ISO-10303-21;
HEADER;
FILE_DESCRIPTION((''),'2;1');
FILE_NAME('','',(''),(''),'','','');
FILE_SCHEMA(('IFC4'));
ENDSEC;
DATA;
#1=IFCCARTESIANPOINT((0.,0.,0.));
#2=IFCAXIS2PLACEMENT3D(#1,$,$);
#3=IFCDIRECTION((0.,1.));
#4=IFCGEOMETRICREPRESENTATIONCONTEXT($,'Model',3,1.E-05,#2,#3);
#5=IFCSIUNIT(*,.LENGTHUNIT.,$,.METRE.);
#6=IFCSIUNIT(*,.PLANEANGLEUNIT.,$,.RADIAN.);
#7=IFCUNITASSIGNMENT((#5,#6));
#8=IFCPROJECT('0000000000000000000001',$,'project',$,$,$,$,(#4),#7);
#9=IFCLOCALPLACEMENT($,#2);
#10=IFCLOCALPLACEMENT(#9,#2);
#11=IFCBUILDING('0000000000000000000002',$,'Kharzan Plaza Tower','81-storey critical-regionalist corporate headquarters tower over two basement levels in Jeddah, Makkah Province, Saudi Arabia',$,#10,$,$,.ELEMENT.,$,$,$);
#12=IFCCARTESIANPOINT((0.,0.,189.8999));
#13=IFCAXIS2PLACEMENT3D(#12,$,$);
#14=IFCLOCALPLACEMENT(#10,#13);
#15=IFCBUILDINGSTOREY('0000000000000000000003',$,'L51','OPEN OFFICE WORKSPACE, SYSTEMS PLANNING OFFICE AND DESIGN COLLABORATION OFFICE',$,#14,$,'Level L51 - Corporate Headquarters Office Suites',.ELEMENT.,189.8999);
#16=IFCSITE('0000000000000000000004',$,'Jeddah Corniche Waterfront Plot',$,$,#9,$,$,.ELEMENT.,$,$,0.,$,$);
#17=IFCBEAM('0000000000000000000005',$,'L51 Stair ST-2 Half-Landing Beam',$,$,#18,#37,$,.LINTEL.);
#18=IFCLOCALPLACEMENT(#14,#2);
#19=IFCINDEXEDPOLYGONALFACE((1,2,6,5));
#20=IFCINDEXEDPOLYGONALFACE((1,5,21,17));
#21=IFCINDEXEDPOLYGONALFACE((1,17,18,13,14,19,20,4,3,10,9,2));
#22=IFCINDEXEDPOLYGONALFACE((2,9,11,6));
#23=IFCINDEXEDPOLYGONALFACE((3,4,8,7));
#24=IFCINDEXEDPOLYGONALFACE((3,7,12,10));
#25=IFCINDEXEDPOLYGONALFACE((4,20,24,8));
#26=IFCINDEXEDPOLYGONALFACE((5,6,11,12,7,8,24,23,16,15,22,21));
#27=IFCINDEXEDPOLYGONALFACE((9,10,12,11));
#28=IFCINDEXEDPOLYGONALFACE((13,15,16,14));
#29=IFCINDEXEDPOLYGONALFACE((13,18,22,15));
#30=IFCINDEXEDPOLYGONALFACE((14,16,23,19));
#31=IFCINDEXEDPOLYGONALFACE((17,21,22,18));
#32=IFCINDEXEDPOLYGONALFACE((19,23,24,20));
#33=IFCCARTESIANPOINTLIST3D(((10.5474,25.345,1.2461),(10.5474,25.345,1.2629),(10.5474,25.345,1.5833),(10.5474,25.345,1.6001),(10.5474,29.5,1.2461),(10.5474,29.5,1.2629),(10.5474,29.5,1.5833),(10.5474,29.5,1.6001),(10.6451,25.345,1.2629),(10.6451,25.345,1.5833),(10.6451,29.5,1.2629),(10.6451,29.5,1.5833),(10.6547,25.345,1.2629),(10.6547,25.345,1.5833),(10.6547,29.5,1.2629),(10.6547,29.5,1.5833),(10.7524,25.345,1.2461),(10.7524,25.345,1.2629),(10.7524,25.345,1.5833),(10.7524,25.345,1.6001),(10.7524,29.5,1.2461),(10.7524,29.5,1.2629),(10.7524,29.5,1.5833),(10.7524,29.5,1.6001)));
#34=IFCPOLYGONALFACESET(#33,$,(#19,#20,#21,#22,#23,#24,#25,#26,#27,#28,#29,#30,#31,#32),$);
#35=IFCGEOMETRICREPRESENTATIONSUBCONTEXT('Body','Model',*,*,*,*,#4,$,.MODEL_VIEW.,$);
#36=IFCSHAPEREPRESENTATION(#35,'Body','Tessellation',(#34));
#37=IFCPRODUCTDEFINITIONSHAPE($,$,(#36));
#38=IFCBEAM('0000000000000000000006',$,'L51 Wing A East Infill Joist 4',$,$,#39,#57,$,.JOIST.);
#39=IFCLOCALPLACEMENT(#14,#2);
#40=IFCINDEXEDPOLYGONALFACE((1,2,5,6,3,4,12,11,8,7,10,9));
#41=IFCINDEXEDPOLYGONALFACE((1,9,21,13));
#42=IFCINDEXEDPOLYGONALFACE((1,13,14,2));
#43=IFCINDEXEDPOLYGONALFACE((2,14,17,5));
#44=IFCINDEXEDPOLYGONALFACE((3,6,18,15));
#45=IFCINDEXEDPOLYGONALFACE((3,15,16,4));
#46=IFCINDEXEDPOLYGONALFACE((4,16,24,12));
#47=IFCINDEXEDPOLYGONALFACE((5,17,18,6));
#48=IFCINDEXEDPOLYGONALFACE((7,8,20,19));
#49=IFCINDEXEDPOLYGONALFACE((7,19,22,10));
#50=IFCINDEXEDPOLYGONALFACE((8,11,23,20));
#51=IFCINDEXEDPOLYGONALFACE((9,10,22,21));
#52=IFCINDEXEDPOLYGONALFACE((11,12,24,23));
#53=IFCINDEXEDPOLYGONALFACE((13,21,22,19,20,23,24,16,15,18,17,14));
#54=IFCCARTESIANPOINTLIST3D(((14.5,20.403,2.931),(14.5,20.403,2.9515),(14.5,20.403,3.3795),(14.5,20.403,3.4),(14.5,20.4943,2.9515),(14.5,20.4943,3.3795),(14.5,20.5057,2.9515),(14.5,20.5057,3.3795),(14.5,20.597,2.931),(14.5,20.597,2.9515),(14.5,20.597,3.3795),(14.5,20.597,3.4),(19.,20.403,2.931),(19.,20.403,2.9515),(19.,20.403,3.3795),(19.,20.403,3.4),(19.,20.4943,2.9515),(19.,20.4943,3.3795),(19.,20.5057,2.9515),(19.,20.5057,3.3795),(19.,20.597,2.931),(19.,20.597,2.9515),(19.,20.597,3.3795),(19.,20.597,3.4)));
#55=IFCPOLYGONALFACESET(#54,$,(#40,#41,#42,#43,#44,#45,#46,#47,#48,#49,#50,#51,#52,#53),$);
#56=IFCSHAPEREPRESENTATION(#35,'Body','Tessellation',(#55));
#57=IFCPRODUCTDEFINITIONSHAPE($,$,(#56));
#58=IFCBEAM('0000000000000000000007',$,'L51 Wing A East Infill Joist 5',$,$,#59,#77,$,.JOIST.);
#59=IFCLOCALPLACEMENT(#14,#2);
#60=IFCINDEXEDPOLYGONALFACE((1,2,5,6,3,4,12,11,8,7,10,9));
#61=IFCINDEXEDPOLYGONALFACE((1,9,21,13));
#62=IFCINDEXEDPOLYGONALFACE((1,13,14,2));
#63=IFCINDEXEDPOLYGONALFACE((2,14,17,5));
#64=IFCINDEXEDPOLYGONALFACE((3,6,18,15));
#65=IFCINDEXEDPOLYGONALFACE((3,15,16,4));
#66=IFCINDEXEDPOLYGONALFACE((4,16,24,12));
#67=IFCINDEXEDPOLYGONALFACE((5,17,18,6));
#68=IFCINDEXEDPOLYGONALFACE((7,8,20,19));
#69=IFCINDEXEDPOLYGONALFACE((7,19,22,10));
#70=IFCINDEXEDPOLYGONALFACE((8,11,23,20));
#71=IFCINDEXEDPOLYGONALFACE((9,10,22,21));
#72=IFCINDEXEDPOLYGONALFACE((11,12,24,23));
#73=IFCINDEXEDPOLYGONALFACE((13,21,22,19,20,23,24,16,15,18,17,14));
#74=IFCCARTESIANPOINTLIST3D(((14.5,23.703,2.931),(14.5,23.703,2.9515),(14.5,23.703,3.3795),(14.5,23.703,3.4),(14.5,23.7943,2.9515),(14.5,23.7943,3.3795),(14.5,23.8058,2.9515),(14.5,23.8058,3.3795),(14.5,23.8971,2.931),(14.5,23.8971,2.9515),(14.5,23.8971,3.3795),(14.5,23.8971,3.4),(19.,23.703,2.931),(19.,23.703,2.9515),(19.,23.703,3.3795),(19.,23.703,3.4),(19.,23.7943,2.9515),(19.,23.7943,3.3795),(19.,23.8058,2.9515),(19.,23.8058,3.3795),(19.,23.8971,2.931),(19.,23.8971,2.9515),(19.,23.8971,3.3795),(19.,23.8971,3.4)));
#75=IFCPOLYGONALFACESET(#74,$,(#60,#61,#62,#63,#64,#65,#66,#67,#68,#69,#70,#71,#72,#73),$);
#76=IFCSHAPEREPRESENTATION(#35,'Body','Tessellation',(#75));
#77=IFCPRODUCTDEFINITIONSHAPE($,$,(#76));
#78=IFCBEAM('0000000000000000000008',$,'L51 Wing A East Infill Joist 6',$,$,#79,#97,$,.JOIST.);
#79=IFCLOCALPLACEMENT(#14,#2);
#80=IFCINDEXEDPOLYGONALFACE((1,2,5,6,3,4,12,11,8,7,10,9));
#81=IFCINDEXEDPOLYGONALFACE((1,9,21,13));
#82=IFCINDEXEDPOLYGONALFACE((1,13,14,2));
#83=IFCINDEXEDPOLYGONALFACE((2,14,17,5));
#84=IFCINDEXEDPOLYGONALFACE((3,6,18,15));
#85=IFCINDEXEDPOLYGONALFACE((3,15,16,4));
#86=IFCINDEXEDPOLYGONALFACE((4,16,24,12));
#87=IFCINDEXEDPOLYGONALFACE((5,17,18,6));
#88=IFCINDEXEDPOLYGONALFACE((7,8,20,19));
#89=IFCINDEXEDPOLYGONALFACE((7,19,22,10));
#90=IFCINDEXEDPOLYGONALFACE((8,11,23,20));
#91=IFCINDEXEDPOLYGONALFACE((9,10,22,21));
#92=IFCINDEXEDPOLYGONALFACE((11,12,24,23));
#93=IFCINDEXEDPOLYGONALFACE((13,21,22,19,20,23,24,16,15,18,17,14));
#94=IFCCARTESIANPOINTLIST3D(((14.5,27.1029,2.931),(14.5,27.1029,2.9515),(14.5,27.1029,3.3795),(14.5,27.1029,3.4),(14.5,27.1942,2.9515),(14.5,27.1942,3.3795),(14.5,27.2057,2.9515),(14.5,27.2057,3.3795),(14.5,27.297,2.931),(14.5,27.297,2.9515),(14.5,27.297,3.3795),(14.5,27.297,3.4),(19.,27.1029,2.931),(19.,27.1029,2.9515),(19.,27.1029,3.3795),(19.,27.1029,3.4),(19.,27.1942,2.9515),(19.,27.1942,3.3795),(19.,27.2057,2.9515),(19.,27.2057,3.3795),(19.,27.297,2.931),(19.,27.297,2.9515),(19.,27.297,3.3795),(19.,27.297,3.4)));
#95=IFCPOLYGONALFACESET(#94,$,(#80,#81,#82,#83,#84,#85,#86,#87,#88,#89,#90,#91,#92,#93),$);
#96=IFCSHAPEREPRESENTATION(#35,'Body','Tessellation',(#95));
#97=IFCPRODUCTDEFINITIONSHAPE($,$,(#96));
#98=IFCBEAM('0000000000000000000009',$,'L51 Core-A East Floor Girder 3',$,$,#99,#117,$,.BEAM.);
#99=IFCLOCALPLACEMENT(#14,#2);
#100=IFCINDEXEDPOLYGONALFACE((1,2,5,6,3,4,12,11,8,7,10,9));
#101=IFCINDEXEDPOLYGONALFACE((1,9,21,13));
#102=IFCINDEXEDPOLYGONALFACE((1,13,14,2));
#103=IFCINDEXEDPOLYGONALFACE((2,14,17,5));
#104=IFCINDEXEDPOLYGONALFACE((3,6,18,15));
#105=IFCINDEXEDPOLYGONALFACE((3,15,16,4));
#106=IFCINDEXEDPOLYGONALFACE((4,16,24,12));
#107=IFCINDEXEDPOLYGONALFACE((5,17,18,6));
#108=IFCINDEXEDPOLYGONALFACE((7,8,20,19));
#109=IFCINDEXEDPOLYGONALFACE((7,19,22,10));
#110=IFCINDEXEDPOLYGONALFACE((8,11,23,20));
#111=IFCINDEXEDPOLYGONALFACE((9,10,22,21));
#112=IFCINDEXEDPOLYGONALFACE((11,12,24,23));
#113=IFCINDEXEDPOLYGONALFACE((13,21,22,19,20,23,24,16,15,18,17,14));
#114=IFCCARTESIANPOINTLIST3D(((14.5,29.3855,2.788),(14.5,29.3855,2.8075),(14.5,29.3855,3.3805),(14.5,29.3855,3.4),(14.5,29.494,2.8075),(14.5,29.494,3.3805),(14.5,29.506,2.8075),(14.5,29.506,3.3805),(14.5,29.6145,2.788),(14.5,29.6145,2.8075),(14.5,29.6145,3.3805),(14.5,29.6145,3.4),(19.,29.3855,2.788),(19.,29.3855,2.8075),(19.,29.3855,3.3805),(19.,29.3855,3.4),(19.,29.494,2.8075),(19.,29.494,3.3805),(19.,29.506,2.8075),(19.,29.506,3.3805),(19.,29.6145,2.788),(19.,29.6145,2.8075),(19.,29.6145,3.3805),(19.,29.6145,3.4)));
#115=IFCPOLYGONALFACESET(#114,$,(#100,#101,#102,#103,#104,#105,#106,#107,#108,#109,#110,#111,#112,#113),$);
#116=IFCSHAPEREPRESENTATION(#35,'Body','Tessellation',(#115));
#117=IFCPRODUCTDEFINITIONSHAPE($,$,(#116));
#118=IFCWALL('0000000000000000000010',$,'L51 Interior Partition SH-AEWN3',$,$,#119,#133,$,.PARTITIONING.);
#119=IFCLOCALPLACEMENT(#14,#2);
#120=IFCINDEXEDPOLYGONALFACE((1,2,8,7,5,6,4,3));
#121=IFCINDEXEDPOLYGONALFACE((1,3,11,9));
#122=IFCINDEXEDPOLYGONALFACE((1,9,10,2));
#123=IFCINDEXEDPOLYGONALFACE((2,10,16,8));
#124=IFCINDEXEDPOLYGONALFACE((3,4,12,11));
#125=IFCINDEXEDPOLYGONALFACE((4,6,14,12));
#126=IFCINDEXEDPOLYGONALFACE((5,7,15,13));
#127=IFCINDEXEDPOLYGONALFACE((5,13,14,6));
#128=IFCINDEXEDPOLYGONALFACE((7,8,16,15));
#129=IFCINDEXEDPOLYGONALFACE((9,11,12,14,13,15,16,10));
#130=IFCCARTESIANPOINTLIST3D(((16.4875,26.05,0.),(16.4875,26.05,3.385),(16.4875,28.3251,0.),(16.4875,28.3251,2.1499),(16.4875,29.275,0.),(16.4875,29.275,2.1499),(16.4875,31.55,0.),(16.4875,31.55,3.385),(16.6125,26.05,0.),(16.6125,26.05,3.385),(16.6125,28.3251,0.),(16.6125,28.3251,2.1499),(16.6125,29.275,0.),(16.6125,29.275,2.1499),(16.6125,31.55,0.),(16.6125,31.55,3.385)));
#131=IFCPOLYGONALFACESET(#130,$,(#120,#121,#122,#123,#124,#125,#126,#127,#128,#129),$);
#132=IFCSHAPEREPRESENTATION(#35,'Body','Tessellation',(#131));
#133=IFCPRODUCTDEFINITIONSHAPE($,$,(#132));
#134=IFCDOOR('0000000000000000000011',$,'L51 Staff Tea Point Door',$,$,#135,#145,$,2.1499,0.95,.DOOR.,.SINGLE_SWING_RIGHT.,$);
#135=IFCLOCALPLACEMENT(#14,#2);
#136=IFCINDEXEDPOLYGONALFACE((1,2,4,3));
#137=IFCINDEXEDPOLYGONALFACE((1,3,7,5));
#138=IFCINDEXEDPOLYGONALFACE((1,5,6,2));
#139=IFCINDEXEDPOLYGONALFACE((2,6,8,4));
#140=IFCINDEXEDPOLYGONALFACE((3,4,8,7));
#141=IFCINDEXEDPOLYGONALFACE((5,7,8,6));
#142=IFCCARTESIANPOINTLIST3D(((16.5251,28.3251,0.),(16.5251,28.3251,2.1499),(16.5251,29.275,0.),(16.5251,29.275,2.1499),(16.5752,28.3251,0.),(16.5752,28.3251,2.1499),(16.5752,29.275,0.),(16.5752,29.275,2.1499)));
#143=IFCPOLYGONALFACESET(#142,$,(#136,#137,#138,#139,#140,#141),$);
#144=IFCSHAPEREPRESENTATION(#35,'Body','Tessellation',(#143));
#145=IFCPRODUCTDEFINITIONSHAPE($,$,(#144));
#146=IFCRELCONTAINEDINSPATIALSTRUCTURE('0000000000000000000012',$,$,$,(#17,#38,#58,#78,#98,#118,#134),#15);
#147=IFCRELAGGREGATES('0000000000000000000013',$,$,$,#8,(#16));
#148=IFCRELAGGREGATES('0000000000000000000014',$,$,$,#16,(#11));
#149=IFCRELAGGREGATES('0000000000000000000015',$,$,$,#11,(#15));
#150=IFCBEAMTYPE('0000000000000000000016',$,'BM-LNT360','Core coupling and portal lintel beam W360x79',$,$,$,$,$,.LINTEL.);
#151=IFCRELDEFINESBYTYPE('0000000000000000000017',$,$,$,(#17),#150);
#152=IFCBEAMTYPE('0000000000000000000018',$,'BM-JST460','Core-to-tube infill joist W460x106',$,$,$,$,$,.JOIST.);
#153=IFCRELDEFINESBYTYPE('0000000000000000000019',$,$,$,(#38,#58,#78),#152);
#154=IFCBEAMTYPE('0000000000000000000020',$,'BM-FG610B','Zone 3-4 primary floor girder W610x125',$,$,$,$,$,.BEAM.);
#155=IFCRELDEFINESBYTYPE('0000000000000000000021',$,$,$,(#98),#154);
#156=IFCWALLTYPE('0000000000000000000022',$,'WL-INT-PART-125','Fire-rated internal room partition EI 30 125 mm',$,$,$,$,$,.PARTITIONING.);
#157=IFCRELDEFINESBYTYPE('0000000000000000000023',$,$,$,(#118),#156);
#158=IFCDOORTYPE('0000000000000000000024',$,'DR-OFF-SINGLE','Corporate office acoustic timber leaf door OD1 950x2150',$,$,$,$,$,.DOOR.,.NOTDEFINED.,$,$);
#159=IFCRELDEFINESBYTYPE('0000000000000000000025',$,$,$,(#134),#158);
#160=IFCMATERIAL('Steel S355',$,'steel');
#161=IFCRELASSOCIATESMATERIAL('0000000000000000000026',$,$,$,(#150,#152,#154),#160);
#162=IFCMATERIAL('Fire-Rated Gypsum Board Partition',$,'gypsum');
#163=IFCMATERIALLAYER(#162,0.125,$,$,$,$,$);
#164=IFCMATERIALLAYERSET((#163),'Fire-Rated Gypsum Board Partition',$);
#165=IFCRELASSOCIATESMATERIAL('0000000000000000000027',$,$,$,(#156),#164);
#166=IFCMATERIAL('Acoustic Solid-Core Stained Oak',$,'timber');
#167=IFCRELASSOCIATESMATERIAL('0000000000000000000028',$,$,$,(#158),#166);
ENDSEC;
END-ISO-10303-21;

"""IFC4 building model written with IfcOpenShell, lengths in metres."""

from ifc_helpers import new_model, si_unit, direction, frame, frame_2d, origin, origin_2d, place, context, subcontext, project, spatial, rectangle, i_section, extrude, source, transform, mapped, material, layer, layer_set, material_profile, profile_set, type_object, element, fill, save


model = new_model("IFC4")

# Units and contexts
model_context = context("Model", 3, precision=1e-05, world=origin(), true_north=direction((0.0, 1.0)))
body_context = subcontext(model_context, "Body", "Model", "MODEL_VIEW")
ifc_project = project(units=[si_unit("LENGTHUNIT", "METRE"), si_unit("PLANEANGLEUNIT", "RADIAN")], contexts=[model_context])

# Site, building, storey
site_placement = place(None, origin())
site = spatial("IfcSite", under=ifc_project, at=site_placement, Name="Jeddah Corniche Waterfront Plot", CompositionType="ELEMENT", RefElevation=0.0)
building_placement = place(site_placement, origin())
building = spatial("IfcBuilding", under=site, at=building_placement, Name="Kharzan Plaza Tower", Description="81-storey critical-regionalist corporate headquarters tower over two basement levels in Jeddah, Makkah Province, Saudi Arabia", CompositionType="ELEMENT")
storey_placement = place(building_placement, frame((0.0, 0.0, 189.8999)))
storey = spatial("IfcBuildingStorey", under=building, at=storey_placement, Name="L51", Description="OPEN OFFICE WORKSPACE, SYSTEMS PLANNING OFFICE AND DESIGN COLLABORATION OFFICE", LongName="Level L51 - Corporate Headquarters Office Suites", CompositionType="ELEMENT", Elevation=189.8999)

# Beams
ifc_material_1 = material(Name="Steel S355", Category="steel")
ifc_material_profile_1 = material_profile(ifc_material_1, i_section(OverallWidth=0.2051, OverallDepth=0.354, WebThickness=0.0095, FlangeThickness=0.0168, at=origin_2d()), Name="W360x79")
ifc_profile_set_1 = profile_set([ifc_material_profile_1], Name="Steel S355")
beam_type_1 = type_object("IfcBeamType", Name="BM-LNT360", Description="Core coupling and portal lintel beam W360x79", PredefinedType="LINTEL", material=ifc_profile_set_1)
shared_shape_1 = source(origin(), body_context, "Body", "SweptSolid", [
    extrude(i_section(OverallWidth=0.2051, OverallDepth=0.354, WebThickness=0.0095, FlangeThickness=0.0168, at=origin_2d()), origin(), (0.0, 0.0, 1.0), 4.155),
])
beam_1_placement = place(storey_placement, frame((10.6499, 25.345, 1.4231), z_axis=(0.0, 1.0, 0.0), x_axis=(-1.0, 0.0, 0.0)))
element("IfcBeam", 1, at=beam_1_placement, inside=storey, type_object=beam_type_1, Name="L51 Stair ST-2 Half-Landing Beam", PredefinedType="LINTEL", context=body_context, shape_type="MappedRepresentation", body=[
    mapped(shared_shape_1, transform((0.0, 0.0, 0.0), x_axis=(1.0, 0.0, 0.0), y_axis=(0.0, 1.0, 0.0), z_axis=(0.0, 0.0, 1.0))),
])
ifc_material_profile_2 = material_profile(ifc_material_1, i_section(OverallWidth=0.1941, OverallDepth=0.469, WebThickness=0.0115, FlangeThickness=0.0205, at=origin_2d()), Name="W460x106")
ifc_profile_set_2 = profile_set([ifc_material_profile_2], Name="Steel S355")
beam_type_2 = type_object("IfcBeamType", Name="BM-JST460", Description="Core-to-tube infill joist W460x106", PredefinedType="JOIST", material=ifc_profile_set_2)
shared_shape_2 = source(origin(), body_context, "Body", "SweptSolid", [
    extrude(i_section(OverallWidth=0.1941, OverallDepth=0.469, WebThickness=0.0115, FlangeThickness=0.0205, at=origin_2d()), origin(), (0.0, 0.0, 1.0), 4.5),
])
for number, where, z_axis, x_axis, name in (
    (2, (14.5, 20.5, 3.1655), (1.0, 0.0, 0.0), (0.0, 1.0, 0.0), "L51 Wing A East Infill Joist 4"),
    (3, (14.5, 23.8, 3.1655), (1.0, 0.0, 0.0), (0.0, 1.0, 0.0), "L51 Wing A East Infill Joist 5"),
    (4, (14.5, 27.2, 3.1655), (1.0, 0.0, 0.0), (0.0, 1.0, 0.0), "L51 Wing A East Infill Joist 6"),
):
    element("IfcBeam", number, at=place(storey_placement, frame(where, z_axis=z_axis, x_axis=x_axis)), inside=storey, type_object=beam_type_2, Name=name, PredefinedType="JOIST", context=body_context, shape_type="MappedRepresentation", body=[
        mapped(shared_shape_2, transform((0.0, 0.0, 0.0), x_axis=(1.0, 0.0, 0.0), y_axis=(0.0, 1.0, 0.0), z_axis=(0.0, 0.0, 1.0))),
    ])
ifc_material_profile_3 = material_profile(ifc_material_1, i_section(OverallWidth=0.229, OverallDepth=0.6121, WebThickness=0.012, FlangeThickness=0.0195, at=origin_2d()), Name="W610x125")
ifc_profile_set_3 = profile_set([ifc_material_profile_3], Name="Steel S355")
beam_type_3 = type_object("IfcBeamType", Name="BM-FG610B", Description="Zone 3-4 primary floor girder W610x125", PredefinedType="BEAM", material=ifc_profile_set_3)
shared_shape_3 = source(origin(), body_context, "Body", "SweptSolid", [
    extrude(i_section(OverallWidth=0.229, OverallDepth=0.6121, WebThickness=0.012, FlangeThickness=0.0195, at=origin_2d()), origin(), (0.0, 0.0, 1.0), 4.5),
])
beam_2_placement = place(storey_placement, frame((14.5, 29.5, 3.094), z_axis=(1.0, 0.0, 0.0), x_axis=(0.0, 1.0, 0.0)))
element("IfcBeam", 5, at=beam_2_placement, inside=storey, type_object=beam_type_3, Name="L51 Core-A East Floor Girder 3", PredefinedType="BEAM", context=body_context, shape_type="MappedRepresentation", body=[
    mapped(shared_shape_3, transform((0.0, 0.0, 0.0), x_axis=(1.0, 0.0, 0.0), y_axis=(0.0, 1.0, 0.0), z_axis=(0.0, 0.0, 1.0))),
])

# Wall, opening, door
ifc_material_2 = material(Name="Fire-Rated Gypsum Board Partition", Category="gypsum")
ifc_layer_1 = layer(ifc_material_2, 0.125)
ifc_layer_set_1 = layer_set([ifc_layer_1], Name="Fire-Rated Gypsum Board Partition")
wall_type_1 = type_object("IfcWallType", Name="WL-INT-PART-125", Description="Fire-rated internal room partition EI 30 125 mm", PredefinedType="PARTITIONING", material=ifc_layer_set_1)
wall_1_placement = place(storey_placement, frame((16.55, 26.05, 0.0), z_axis=(0.0, 0.0, 1.0), x_axis=(0.0, 1.0, 0.0)))
wall_1 = element("IfcWall", 6, at=wall_1_placement, inside=storey, type_object=wall_type_1, Name="L51 Interior Partition SH-AEWN3", PredefinedType="PARTITIONING", context=body_context, shape_type="SweptSolid", body=[
    extrude(rectangle(XDim=5.5, YDim=0.125, at=frame_2d((2.75, 0.0))), origin(), (0.0, 0.0, 1.0), 3.385),
])
opening_1_placement = place(wall_1_placement, frame((2.2749, 0.0, 0.0)))
opening_1 = element("IfcOpeningElement", 7, at=opening_1_placement, cuts=wall_1, PredefinedType="OPENING", context=body_context, shape_type="SweptSolid", body=[
    extrude(rectangle(XDim=0.95, YDim=2.1499, at=frame_2d((0.4751, 1.075))), frame((0.0, 0.0725, 0.0), z_axis=(0.0, -1.0, 0.0), x_axis=(1.0, 0.0, 0.0)), (0.0, 0.0, 1.0), 0.145),
])
ifc_material_3 = material(Name="Acoustic Solid-Core Stained Oak", Category="timber")
door_type_1 = type_object("IfcDoorType", Name="DR-OFF-SINGLE", Description="Corporate office acoustic timber leaf door OD1 950x2150", OperationType="NOTDEFINED", PredefinedType="DOOR", material=ifc_material_3)
shared_shape_4 = source(origin(), body_context, "Body", "SweptSolid", [
    extrude(rectangle(XDim=0.95, YDim=2.1499, at=frame_2d((0.4751, 1.075))), frame((0.0, 0.0249, 0.0), z_axis=(0.0, -1.0, 0.0), x_axis=(1.0, 0.0, 0.0)), (0.0, 0.0, 1.0), 0.05),
])
door_1_placement = place(opening_1_placement, origin())
door_1 = element("IfcDoor", 8, at=door_1_placement, inside=storey, type_object=door_type_1, Name="L51 Staff Tea Point Door", OperationType="SINGLE_SWING_RIGHT", OverallHeight=2.1499, OverallWidth=0.95, PredefinedType="DOOR", context=body_context, shape_type="MappedRepresentation", body=[
    mapped(shared_shape_4, transform((0.0, 0.0, 0.0), x_axis=(1.0, 0.0, 0.0), y_axis=(0.0, 1.0, 0.0), z_axis=(0.0, 0.0, 1.0))),
])
fill(opening_1, door_1)

save(model, "model.ifc")
